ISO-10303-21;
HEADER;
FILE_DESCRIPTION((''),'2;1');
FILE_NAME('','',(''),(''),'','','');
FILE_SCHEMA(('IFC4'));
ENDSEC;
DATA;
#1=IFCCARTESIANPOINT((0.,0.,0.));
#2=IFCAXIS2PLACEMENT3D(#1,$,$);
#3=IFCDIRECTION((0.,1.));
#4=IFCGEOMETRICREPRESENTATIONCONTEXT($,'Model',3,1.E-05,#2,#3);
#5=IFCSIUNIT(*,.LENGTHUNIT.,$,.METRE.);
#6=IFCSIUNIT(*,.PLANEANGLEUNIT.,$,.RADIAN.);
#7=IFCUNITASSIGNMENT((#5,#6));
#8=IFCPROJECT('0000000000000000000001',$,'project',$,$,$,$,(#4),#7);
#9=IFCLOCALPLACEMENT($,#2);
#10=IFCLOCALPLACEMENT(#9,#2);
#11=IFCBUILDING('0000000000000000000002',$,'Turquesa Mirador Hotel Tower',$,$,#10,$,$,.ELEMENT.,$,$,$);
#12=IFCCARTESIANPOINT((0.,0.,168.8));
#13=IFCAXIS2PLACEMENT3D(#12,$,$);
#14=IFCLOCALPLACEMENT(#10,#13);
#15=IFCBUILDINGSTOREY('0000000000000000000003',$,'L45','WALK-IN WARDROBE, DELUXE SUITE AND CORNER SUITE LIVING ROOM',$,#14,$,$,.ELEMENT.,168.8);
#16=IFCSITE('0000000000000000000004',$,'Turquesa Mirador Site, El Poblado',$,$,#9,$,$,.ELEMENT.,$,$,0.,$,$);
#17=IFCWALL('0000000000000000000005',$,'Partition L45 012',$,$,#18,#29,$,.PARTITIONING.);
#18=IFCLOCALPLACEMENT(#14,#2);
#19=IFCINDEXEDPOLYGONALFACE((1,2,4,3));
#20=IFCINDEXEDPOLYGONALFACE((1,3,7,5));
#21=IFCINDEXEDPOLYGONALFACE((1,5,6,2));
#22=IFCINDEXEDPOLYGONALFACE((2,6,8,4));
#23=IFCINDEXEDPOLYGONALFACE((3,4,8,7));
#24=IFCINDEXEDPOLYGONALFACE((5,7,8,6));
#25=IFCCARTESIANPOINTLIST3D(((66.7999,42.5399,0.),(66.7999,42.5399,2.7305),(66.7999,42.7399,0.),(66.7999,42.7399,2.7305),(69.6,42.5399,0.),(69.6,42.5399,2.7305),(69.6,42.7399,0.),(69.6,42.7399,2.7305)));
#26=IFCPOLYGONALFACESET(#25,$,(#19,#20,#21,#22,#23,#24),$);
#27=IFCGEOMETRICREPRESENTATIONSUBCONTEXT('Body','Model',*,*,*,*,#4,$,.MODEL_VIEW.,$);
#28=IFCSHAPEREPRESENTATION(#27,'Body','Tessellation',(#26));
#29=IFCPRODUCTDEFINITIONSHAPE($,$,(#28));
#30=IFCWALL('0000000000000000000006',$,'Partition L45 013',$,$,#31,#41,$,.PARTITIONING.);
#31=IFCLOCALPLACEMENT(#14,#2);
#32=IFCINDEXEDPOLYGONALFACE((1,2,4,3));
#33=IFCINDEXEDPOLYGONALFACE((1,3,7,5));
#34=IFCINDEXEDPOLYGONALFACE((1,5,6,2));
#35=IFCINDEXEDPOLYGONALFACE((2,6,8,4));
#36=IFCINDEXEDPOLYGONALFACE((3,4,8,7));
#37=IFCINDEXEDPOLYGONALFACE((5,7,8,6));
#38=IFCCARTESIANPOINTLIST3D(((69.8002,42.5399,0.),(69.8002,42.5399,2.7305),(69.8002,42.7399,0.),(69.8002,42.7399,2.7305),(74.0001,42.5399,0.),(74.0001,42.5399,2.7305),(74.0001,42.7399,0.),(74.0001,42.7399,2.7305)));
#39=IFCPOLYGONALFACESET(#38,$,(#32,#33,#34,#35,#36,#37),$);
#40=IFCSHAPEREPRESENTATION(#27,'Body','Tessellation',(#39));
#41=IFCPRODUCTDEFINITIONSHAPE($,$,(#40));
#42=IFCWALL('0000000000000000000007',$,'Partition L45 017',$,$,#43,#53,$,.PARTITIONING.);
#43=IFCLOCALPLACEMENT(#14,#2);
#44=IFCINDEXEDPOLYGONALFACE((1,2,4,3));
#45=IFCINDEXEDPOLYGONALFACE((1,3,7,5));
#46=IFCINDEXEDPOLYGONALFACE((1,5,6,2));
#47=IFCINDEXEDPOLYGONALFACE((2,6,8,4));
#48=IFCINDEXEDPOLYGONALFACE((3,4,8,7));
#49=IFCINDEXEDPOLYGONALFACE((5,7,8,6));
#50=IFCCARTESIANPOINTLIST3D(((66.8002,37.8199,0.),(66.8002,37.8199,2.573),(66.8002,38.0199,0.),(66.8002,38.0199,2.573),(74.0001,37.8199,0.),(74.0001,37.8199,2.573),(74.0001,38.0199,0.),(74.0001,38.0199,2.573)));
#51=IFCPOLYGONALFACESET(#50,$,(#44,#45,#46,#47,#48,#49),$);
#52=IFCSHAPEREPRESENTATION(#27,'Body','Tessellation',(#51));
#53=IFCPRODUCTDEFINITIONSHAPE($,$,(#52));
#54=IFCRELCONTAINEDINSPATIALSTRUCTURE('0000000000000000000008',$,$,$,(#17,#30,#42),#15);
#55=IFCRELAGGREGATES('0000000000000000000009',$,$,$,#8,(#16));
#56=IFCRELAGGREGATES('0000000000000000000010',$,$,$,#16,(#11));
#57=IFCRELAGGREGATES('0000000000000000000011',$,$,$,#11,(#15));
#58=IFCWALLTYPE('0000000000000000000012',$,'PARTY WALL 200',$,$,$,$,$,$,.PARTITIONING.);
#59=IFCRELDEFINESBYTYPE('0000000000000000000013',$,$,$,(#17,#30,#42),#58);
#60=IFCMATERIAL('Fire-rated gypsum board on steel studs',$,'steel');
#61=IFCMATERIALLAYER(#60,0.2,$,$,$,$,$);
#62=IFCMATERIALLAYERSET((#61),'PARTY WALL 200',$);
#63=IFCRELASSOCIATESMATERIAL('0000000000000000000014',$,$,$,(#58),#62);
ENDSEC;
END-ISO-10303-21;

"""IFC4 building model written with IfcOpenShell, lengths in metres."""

from ifc_helpers import new_model, si_unit, direction, frame, frame_2d, origin, place, context, subcontext, project, spatial, rectangle, extrude, material, layer, layer_set, type_object, element, save


model = new_model("IFC4")

# Units and contexts
model_context = context("Model", 3, precision=1e-05, world=origin(), true_north=direction((0.0, 1.0)))
body_context = subcontext(model_context, "Body", "Model", "MODEL_VIEW")
ifc_project = project(units=[si_unit("LENGTHUNIT", "METRE"), si_unit("PLANEANGLEUNIT", "RADIAN")], contexts=[model_context])

# Site, building, storey
site_placement = place(None, origin())
site = spatial("IfcSite", under=ifc_project, at=site_placement, Name="Turquesa Mirador Site, El Poblado", CompositionType="ELEMENT", RefElevation=0.0)
building_placement = place(site_placement, origin())
building = spatial("IfcBuilding", under=site, at=building_placement, Name="Turquesa Mirador Hotel Tower", CompositionType="ELEMENT")
storey_placement = place(building_placement, frame((0.0, 0.0, 168.8)))
storey = spatial("IfcBuildingStorey", under=building, at=storey_placement, Name="L45", Description="WALK-IN WARDROBE, DELUXE SUITE AND CORNER SUITE LIVING ROOM", CompositionType="ELEMENT", Elevation=168.8)

# Walls
ifc_material_1 = material(Name="Fire-rated gypsum board on steel studs", Category="steel")
ifc_layer_1 = layer(ifc_material_1, 0.2)
ifc_layer_set_1 = layer_set([ifc_layer_1], Name="PARTY WALL 200")
wall_type_1 = type_object("IfcWallType", Name="PARTY WALL 200", PredefinedType="PARTITIONING", material=ifc_layer_set_1)
wall_1_placement = place(storey_placement, frame((66.8, 42.6399, 0.0), z_axis=(0.0, 0.0, 1.0), x_axis=(1.0, 0.0, 0.0)))
element("IfcWall", 1, at=wall_1_placement, inside=storey, type_object=wall_type_1, Name="Partition L45 012", PredefinedType="PARTITIONING", context=body_context, shape_type="SweptSolid", body=[
    extrude(rectangle(XDim=2.8, YDim=0.2, at=frame_2d((1.3999, 0.0))), origin(), (0.0, 0.0, 1.0), 2.7305),
])
wall_2_placement = place(storey_placement, frame((69.8, 42.6399, 0.0), z_axis=(0.0, 0.0, 1.0), x_axis=(1.0, 0.0, 0.0)))
element("IfcWall", 2, at=wall_2_placement, inside=storey, type_object=wall_type_1, Name="Partition L45 013", PredefinedType="PARTITIONING", context=body_context, shape_type="SweptSolid", body=[
    extrude(rectangle(XDim=4.2, YDim=0.2, at=frame_2d((2.1001, 0.0))), origin(), (0.0, 0.0, 1.0), 2.7305),
])
wall_3_placement = place(storey_placement, frame((66.8, 37.9199, 0.0), z_axis=(0.0, 0.0, 1.0), x_axis=(1.0, 0.0, 0.0)))
element("IfcWall", 3, at=wall_3_placement, inside=storey, type_object=wall_type_1, Name="Partition L45 017", PredefinedType="PARTITIONING", context=body_context, shape_type="SweptSolid", body=[
    extrude(rectangle(XDim=7.2, YDim=0.2, at=frame_2d((3.6001, 0.0))), origin(), (0.0, 0.0, 1.0), 2.573),
])

save(model, "model.ifc")
